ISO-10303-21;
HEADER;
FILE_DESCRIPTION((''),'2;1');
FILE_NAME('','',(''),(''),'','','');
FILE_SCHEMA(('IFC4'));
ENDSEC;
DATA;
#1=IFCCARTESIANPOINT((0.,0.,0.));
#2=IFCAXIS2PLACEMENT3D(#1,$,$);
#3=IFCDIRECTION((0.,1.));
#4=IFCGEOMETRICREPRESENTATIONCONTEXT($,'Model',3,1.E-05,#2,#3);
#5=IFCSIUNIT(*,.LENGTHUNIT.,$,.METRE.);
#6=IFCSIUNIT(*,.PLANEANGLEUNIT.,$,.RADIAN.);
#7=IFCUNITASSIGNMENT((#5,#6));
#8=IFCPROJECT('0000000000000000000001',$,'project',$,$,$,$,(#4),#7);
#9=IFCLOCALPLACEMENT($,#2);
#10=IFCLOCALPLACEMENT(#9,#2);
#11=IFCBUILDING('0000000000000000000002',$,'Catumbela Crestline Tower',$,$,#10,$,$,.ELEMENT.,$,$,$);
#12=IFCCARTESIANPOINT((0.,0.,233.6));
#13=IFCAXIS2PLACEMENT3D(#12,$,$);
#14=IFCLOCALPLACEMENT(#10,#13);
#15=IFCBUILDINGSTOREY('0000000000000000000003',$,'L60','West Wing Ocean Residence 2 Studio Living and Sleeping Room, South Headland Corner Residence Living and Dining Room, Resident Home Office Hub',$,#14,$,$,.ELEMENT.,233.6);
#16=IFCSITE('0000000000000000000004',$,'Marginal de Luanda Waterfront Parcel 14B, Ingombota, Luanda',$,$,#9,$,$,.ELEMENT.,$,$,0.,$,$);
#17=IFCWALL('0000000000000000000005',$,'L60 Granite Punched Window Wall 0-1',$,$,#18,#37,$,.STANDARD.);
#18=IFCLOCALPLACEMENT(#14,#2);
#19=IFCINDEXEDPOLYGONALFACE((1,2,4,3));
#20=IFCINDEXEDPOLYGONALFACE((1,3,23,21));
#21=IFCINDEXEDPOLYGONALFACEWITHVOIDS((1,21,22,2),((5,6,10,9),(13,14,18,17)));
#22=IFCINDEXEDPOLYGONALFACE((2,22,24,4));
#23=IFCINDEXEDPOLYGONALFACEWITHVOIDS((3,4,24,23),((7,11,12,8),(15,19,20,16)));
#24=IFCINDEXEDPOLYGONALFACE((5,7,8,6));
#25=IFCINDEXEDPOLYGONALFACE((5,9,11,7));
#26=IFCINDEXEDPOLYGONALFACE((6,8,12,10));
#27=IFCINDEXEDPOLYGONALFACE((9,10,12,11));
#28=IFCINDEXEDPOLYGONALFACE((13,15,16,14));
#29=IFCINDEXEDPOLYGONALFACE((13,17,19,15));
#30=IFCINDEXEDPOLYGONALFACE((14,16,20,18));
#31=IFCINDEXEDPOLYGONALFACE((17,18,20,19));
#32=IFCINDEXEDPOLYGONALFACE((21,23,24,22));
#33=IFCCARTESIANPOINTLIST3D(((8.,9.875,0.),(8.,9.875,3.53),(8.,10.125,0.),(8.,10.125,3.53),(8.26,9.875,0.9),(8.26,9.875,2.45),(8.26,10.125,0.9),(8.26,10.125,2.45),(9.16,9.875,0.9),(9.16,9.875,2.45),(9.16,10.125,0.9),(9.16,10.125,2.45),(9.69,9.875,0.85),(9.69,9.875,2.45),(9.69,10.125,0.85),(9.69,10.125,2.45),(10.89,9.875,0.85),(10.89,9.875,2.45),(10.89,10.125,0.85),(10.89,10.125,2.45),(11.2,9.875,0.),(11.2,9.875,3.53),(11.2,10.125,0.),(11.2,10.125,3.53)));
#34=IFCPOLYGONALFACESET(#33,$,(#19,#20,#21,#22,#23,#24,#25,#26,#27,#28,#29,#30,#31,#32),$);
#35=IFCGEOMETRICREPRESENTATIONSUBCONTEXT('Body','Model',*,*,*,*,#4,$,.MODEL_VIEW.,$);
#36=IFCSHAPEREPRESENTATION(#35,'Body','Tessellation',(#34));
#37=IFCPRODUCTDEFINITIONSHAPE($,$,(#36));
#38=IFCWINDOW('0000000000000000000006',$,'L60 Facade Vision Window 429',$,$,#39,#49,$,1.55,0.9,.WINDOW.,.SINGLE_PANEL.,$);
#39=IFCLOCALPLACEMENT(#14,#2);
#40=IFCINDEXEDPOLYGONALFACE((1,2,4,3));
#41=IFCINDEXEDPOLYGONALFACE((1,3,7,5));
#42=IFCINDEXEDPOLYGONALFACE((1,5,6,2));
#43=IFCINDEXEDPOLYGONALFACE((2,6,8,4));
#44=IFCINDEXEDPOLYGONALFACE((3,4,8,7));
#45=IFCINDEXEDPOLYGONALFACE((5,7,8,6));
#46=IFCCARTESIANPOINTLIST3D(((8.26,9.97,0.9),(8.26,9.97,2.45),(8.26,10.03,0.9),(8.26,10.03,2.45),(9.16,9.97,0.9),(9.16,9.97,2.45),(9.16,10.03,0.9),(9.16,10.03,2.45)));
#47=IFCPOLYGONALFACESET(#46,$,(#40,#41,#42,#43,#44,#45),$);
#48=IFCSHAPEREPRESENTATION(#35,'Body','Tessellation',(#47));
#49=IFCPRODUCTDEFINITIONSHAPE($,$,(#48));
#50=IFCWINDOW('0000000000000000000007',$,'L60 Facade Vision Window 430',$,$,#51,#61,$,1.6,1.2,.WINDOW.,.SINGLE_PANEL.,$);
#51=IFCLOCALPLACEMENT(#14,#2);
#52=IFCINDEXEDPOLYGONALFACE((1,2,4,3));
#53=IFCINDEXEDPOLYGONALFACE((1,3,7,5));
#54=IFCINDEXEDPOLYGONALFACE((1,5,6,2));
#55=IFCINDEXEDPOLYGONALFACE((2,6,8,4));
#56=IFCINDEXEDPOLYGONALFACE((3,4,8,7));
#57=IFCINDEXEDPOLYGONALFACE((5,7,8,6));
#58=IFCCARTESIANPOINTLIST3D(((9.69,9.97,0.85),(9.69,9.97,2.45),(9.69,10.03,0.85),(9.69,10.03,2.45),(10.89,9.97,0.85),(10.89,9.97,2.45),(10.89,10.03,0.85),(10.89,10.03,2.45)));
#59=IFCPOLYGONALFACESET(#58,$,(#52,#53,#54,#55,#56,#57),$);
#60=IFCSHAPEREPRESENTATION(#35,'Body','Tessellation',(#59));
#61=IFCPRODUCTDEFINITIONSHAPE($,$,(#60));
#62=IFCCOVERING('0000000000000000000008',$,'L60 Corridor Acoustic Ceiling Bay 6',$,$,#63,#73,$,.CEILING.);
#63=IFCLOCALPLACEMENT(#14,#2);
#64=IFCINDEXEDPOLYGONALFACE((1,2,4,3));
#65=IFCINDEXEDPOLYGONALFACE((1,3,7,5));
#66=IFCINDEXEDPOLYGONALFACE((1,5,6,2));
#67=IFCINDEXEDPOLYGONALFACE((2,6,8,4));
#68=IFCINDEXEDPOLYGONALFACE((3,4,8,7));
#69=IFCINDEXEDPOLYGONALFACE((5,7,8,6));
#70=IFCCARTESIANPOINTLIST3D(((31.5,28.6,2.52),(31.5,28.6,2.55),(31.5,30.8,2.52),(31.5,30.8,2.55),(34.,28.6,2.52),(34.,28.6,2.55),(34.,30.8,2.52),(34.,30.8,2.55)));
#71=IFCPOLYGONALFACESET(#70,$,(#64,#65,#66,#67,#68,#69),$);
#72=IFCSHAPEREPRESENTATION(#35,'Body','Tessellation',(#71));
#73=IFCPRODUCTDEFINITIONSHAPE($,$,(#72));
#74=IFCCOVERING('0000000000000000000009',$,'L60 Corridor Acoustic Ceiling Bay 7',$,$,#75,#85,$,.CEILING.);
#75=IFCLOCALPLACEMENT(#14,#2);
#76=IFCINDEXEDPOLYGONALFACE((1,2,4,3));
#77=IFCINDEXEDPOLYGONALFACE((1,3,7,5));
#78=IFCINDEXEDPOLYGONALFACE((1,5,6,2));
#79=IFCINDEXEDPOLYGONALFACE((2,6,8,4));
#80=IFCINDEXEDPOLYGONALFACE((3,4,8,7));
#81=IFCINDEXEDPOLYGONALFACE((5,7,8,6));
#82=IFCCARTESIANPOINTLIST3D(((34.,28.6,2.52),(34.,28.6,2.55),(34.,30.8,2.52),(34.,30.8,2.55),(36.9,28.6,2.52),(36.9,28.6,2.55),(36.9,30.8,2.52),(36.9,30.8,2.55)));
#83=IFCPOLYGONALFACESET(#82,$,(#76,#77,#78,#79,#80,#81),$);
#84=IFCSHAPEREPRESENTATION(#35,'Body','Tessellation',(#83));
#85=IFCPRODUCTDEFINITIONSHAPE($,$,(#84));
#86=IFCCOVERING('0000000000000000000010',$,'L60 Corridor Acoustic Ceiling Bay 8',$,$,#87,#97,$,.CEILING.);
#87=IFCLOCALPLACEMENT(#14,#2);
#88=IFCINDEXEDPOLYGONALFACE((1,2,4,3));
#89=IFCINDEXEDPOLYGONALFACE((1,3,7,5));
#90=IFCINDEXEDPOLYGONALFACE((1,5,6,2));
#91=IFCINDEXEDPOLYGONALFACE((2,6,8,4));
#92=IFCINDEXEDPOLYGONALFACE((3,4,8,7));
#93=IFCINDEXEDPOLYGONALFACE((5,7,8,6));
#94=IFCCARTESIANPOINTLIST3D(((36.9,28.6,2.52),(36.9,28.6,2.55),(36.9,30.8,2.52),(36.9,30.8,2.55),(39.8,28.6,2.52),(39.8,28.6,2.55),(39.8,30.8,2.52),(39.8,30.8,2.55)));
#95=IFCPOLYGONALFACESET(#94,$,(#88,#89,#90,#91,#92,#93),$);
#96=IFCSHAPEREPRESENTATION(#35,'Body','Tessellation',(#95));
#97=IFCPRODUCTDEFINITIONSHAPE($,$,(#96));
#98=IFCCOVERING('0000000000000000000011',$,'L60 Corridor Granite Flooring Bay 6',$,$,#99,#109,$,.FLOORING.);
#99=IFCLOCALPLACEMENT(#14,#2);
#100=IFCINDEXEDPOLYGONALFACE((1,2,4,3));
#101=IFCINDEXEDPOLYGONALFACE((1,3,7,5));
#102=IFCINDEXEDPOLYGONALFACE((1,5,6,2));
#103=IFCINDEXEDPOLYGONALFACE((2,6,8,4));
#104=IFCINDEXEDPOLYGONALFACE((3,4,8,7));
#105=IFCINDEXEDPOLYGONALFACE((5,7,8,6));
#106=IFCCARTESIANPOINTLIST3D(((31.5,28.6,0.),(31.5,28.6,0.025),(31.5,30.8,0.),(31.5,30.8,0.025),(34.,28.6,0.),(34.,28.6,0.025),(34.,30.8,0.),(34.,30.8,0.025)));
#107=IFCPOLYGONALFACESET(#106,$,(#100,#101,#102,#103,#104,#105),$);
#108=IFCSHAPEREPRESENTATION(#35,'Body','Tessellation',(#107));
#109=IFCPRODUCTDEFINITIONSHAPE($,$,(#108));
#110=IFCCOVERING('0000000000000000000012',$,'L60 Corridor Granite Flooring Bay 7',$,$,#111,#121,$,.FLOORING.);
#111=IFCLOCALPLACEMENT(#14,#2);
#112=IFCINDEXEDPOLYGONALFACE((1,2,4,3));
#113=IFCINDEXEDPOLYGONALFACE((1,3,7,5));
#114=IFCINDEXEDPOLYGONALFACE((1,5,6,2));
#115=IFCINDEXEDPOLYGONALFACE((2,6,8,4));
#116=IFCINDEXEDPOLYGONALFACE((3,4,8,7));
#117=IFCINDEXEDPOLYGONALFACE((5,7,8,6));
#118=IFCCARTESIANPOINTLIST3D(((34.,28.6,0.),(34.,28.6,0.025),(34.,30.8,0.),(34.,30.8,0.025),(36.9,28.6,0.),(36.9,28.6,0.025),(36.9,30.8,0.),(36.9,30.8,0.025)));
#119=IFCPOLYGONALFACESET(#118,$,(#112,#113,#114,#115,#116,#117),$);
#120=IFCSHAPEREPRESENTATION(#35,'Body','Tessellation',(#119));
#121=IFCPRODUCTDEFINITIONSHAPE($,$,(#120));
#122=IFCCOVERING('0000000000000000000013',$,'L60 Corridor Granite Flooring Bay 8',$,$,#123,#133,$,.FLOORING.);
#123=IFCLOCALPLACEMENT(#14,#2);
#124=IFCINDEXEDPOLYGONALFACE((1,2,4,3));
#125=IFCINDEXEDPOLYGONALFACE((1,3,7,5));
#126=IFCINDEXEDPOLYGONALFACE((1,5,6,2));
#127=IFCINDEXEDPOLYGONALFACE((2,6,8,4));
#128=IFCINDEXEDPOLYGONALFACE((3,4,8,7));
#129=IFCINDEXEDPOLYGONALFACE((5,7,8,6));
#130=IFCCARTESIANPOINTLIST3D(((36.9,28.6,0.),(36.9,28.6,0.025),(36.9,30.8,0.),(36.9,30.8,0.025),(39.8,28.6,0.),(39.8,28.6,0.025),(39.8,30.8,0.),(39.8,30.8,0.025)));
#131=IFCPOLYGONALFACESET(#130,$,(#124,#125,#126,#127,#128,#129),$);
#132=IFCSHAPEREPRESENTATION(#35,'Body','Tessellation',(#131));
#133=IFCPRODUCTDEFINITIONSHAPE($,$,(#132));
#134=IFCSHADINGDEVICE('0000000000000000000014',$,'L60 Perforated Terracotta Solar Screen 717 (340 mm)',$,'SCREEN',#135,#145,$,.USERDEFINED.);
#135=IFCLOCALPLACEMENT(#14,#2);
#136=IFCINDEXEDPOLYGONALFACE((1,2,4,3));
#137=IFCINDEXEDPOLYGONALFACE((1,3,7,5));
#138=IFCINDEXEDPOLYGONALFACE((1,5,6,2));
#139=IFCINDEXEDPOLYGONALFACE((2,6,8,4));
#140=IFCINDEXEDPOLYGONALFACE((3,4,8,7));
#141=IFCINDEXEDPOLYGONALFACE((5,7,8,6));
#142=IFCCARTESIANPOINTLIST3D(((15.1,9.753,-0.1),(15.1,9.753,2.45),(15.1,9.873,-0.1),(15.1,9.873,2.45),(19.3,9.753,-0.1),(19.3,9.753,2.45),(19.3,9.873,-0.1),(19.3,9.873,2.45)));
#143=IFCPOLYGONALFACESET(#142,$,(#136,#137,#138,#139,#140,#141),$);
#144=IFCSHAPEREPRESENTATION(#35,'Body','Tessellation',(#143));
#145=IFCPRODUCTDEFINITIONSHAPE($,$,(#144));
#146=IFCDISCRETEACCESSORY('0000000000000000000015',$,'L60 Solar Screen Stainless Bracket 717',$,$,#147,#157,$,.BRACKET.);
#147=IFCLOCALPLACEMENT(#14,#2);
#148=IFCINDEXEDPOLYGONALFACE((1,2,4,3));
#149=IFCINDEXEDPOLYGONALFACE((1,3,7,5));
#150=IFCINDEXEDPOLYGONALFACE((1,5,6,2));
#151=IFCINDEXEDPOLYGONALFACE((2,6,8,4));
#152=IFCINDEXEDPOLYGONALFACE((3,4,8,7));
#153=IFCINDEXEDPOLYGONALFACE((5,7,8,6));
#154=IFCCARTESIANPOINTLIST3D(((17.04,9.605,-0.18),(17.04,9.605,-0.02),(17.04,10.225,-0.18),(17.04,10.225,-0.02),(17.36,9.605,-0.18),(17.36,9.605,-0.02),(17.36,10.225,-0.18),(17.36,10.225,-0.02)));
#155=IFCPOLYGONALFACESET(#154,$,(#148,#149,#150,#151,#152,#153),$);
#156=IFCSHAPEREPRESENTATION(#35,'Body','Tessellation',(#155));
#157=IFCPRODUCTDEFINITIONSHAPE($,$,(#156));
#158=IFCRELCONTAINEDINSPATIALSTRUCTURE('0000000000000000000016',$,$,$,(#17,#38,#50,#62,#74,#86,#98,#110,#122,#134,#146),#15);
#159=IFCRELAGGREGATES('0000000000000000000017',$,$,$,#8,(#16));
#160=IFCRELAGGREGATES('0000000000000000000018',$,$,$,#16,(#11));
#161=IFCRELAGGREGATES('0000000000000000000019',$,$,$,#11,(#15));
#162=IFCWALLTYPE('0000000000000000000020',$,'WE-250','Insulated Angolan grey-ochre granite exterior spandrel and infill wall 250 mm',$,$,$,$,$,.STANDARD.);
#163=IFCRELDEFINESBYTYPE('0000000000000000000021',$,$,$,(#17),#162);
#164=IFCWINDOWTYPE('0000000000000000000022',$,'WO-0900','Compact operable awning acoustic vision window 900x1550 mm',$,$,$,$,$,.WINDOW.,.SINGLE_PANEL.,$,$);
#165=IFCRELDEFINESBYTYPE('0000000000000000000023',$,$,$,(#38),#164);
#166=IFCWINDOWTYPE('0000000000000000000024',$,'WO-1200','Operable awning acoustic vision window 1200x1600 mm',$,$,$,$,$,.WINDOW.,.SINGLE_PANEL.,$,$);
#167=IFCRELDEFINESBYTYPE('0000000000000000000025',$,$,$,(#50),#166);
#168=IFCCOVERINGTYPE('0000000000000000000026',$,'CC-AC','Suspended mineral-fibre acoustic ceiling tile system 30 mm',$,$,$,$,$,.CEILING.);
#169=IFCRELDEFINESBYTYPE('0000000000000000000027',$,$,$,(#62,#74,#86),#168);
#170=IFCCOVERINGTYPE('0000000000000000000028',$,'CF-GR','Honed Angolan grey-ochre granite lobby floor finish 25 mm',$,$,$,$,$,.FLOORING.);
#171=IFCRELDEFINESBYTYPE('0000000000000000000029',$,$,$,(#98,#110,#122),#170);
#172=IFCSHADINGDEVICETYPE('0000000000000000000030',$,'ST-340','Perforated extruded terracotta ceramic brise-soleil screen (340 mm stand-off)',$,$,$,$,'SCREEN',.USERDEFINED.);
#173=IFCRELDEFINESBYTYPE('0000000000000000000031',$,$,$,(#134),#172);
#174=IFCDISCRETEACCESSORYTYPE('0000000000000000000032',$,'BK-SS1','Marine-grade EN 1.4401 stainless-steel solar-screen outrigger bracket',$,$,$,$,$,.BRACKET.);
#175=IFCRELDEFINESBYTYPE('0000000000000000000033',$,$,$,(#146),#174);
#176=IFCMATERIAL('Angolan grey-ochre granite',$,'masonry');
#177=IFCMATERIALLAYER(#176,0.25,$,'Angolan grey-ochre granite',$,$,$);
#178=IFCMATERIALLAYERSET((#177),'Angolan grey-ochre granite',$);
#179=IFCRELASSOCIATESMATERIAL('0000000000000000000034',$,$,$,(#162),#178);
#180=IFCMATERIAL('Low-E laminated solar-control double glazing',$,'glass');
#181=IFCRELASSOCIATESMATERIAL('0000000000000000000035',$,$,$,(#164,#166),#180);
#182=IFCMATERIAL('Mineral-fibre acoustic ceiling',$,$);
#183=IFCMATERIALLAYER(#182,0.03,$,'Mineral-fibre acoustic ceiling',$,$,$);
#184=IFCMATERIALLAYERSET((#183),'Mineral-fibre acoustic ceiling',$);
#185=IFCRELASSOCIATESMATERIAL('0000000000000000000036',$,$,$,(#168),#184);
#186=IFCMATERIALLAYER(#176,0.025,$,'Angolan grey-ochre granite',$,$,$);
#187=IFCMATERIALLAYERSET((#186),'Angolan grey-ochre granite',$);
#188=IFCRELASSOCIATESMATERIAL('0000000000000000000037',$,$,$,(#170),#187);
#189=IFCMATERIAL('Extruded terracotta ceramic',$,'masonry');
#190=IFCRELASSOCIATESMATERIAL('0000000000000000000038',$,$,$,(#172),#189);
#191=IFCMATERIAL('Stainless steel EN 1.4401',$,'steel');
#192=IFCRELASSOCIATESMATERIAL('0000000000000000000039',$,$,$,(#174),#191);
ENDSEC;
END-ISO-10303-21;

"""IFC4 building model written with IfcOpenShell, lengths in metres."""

from ifc_helpers import new_model, si_unit, direction, frame, frame_2d, origin, origin_2d, place, context, subcontext, project, spatial, polyline, rectangle, outline, extrude, material, layer, layer_set, type_object, element, fill, save


model = new_model("IFC4")

# Units and contexts
model_context = context("Model", 3, precision=1e-05, world=origin(), true_north=direction((0.0, 1.0)))
body_context = subcontext(model_context, "Body", "Model", "MODEL_VIEW")
ifc_project = project(units=[si_unit("LENGTHUNIT", "METRE"), si_unit("PLANEANGLEUNIT", "RADIAN")], contexts=[model_context])

# Site, building, storey
site_placement = place(None, origin())
site = spatial("IfcSite", under=ifc_project, at=site_placement, Name="Marginal de Luanda Waterfront Parcel 14B, Ingombota, Luanda", CompositionType="ELEMENT", RefElevation=0.0)
building_placement = place(site_placement, origin())
building = spatial("IfcBuilding", under=site, at=building_placement, Name="Catumbela Crestline Tower", CompositionType="ELEMENT")
storey_placement = place(building_placement, frame((0.0, 0.0, 233.6)))
storey = spatial("IfcBuildingStorey", under=building, at=storey_placement, Name="L60", Description="West Wing Ocean Residence 2 Studio Living and Sleeping Room, South Headland Corner Residence Living and Dining Room, Resident Home Office Hub", CompositionType="ELEMENT", Elevation=233.6)

# Shared definitions
ifc_material_1 = material(Name="Low-E laminated solar-control double glazing", Category="glass")

# Shared definitions
ifc_material_2 = material(Name="Angolan grey-ochre granite", Category="masonry")
ifc_layer_1 = layer(ifc_material_2, 0.25, Name="Angolan grey-ochre granite")
ifc_layer_set_1 = layer_set([ifc_layer_1], Name="Angolan grey-ochre granite")
wall_type = type_object("IfcWallType", Name="WE-250", Description="Insulated Angolan grey-ochre granite exterior spandrel and infill wall 250 mm", PredefinedType="STANDARD", material=ifc_layer_set_1)

# Wall, openings, windows
wall_1_placement = place(storey_placement, frame((8.0, 10.0, 0.0), z_axis=(0.0, 0.0, 1.0), x_axis=(1.0, 0.0, 0.0)))
wall_1 = element("IfcWall", 1, at=wall_1_placement, inside=storey, type_object=wall_type, Name="L60 Granite Punched Window Wall 0-1", PredefinedType="STANDARD", context=body_context, shape_type="SweptSolid", body=[
    extrude(rectangle(XDim=3.2, YDim=0.25, at=frame_2d((1.6, 0.0))), origin(), (0.0, 0.0, 1.0), 3.53),
])
opening_1_placement = place(wall_1_placement, frame((0.26, 0.0, 0.9)))
opening_1 = element("IfcOpeningElement", 2, at=opening_1_placement, cuts=wall_1, PredefinedType="OPENING", context=body_context, shape_type="SweptSolid", body=[
    extrude(rectangle(XDim=0.9, YDim=1.55, at=frame_2d((0.45, 0.775))), frame((0.0, 0.135, 0.0), z_axis=(0.0, -1.0, 0.0), x_axis=(1.0, 0.0, 0.0)), (0.0, 0.0, 1.0), 0.27),
])
opening_2_placement = place(wall_1_placement, frame((1.69, 0.0, 0.85)))
opening_2 = element("IfcOpeningElement", 3, at=opening_2_placement, cuts=wall_1, PredefinedType="OPENING", context=body_context, shape_type="SweptSolid", body=[
    extrude(rectangle(XDim=1.2, YDim=1.6, at=frame_2d((0.6, 0.8))), frame((0.0, 0.135, 0.0), z_axis=(0.0, -1.0, 0.0), x_axis=(1.0, 0.0, 0.0)), (0.0, 0.0, 1.0), 0.27),
])
window_type_1 = type_object("IfcWindowType", Name="WO-0900", Description="Compact operable awning acoustic vision window 900x1550 mm", PartitioningType="SINGLE_PANEL", PredefinedType="WINDOW", material=ifc_material_1)
window_1_placement = place(opening_1_placement, origin())
window_1 = element("IfcWindow", 4, at=window_1_placement, inside=storey, type_object=window_type_1, Name="L60 Facade Vision Window 429", OverallHeight=1.55, OverallWidth=0.9, PartitioningType="SINGLE_PANEL", PredefinedType="WINDOW", context=body_context, shape_type="SweptSolid", body=[
    extrude(rectangle(XDim=0.9, YDim=1.55, at=frame_2d((0.45, 0.775))), frame((0.0, 0.03, 0.0), z_axis=(0.0, -1.0, 0.0), x_axis=(1.0, 0.0, 0.0)), (0.0, 0.0, 1.0), 0.06),
])
fill(opening_1, window_1)
window_type_2 = type_object("IfcWindowType", Name="WO-1200", Description="Operable awning acoustic vision window 1200x1600 mm", PartitioningType="SINGLE_PANEL", PredefinedType="WINDOW", material=ifc_material_1)
window_2_placement = place(opening_2_placement, origin())
window_2 = element("IfcWindow", 5, at=window_2_placement, inside=storey, type_object=window_type_2, Name="L60 Facade Vision Window 430", OverallHeight=1.6, OverallWidth=1.2, PartitioningType="SINGLE_PANEL", PredefinedType="WINDOW", context=body_context, shape_type="SweptSolid", body=[
    extrude(rectangle(XDim=1.2, YDim=1.6, at=frame_2d((0.6, 0.8))), frame((0.0, 0.03, 0.0), z_axis=(0.0, -1.0, 0.0), x_axis=(1.0, 0.0, 0.0)), (0.0, 0.0, 1.0), 0.06),
])
fill(opening_2, window_2)

# Coverings
ifc_material_3 = material(Name="Mineral-fibre acoustic ceiling")
ifc_layer_2 = layer(ifc_material_3, 0.03, Name="Mineral-fibre acoustic ceiling")
ifc_layer_set_2 = layer_set([ifc_layer_2], Name="Mineral-fibre acoustic ceiling")
covering_type_1 = type_object("IfcCoveringType", Name="CC-AC", Description="Suspended mineral-fibre acoustic ceiling tile system 30 mm", PredefinedType="CEILING", material=ifc_layer_set_2)
covering_1_placement = place(storey_placement, frame((0.0, 0.0, 2.52)))
element("IfcCovering", 6, at=covering_1_placement, inside=storey, type_object=covering_type_1, Name="L60 Corridor Acoustic Ceiling Bay 6", PredefinedType="CEILING", context=body_context, shape_type="SweptSolid", body=[
    extrude(outline(polyline([(31.5, 28.6), (34.0, 28.6), (34.0, 30.8), (31.5, 30.8), (31.5, 28.6)])), origin(), (0.0, 0.0, 1.0), 0.03),
])
covering_2_placement = place(storey_placement, frame((0.0, 0.0, 2.52)))
element("IfcCovering", 7, at=covering_2_placement, inside=storey, type_object=covering_type_1, Name="L60 Corridor Acoustic Ceiling Bay 7", PredefinedType="CEILING", context=body_context, shape_type="SweptSolid", body=[
    extrude(outline(polyline([(34.0, 28.6), (36.9, 28.6), (36.9, 30.8), (34.0, 30.8), (34.0, 28.6)])), origin(), (0.0, 0.0, 1.0), 0.03),
])
covering_3_placement = place(storey_placement, frame((0.0, 0.0, 2.52)))
element("IfcCovering", 8, at=covering_3_placement, inside=storey, type_object=covering_type_1, Name="L60 Corridor Acoustic Ceiling Bay 8", PredefinedType="CEILING", context=body_context, shape_type="SweptSolid", body=[
    extrude(outline(polyline([(36.9, 28.6), (39.8, 28.6), (39.8, 30.8), (36.9, 30.8), (36.9, 28.6)])), origin(), (0.0, 0.0, 1.0), 0.03),
])
ifc_layer_3 = layer(ifc_material_2, 0.025, Name="Angolan grey-ochre granite")
ifc_layer_set_3 = layer_set([ifc_layer_3], Name="Angolan grey-ochre granite")
covering_type_2 = type_object("IfcCoveringType", Name="CF-GR", Description="Honed Angolan grey-ochre granite lobby floor finish 25 mm", PredefinedType="FLOORING", material=ifc_layer_set_3)
covering_4_placement = place(storey_placement, origin())
element("IfcCovering", 9, at=covering_4_placement, inside=storey, type_object=covering_type_2, Name="L60 Corridor Granite Flooring Bay 6", PredefinedType="FLOORING", context=body_context, shape_type="SweptSolid", body=[
    extrude(outline(polyline([(31.5, 28.6), (34.0, 28.6), (34.0, 30.8), (31.5, 30.8), (31.5, 28.6)])), origin(), (0.0, 0.0, 1.0), 0.025),
])
covering_5_placement = place(storey_placement, origin())
element("IfcCovering", 10, at=covering_5_placement, inside=storey, type_object=covering_type_2, Name="L60 Corridor Granite Flooring Bay 7", PredefinedType="FLOORING", context=body_context, shape_type="SweptSolid", body=[
    extrude(outline(polyline([(34.0, 28.6), (36.9, 28.6), (36.9, 30.8), (34.0, 30.8), (34.0, 28.6)])), origin(), (0.0, 0.0, 1.0), 0.025),
])
covering_6_placement = place(storey_placement, origin())
element("IfcCovering", 11, at=covering_6_placement, inside=storey, type_object=covering_type_2, Name="L60 Corridor Granite Flooring Bay 8", PredefinedType="FLOORING", context=body_context, shape_type="SweptSolid", body=[
    extrude(outline(polyline([(36.9, 28.6), (39.8, 28.6), (39.8, 30.8), (36.9, 30.8), (36.9, 28.6)])), origin(), (0.0, 0.0, 1.0), 0.025),
])

# Shared definitions
ifc_material_4 = material(Name="Stainless steel EN 1.4401", Category="steel")

# Shading device
ifc_material_5 = material(Name="Extruded terracotta ceramic", Category="masonry")
shading_device_type = type_object("IfcShadingDeviceType", Name="ST-340", Description="Perforated extruded terracotta ceramic brise-soleil screen (340 mm stand-off)", ElementType="SCREEN", PredefinedType="USERDEFINED", material=ifc_material_5)
shading_device_placement = place(storey_placement, frame((17.2, 9.813, -0.1), z_axis=(0.0, 0.0, 1.0), x_axis=(1.0, 0.0, 0.0)))
element("IfcShadingDevice", 12, at=shading_device_placement, inside=storey, type_object=shading_device_type, Name="L60 Perforated Terracotta Solar Screen 717 (340 mm)", ObjectType="SCREEN", PredefinedType="USERDEFINED", context=body_context, shape_type="SweptSolid", body=[
    extrude(rectangle(XDim=4.2, YDim=0.12, at=origin_2d()), origin(), (0.0, 0.0, 1.0), 2.55),
])

# Discrete accessory
discrete_accessory_type = type_object("IfcDiscreteAccessoryType", Name="BK-SS1", Description="Marine-grade EN 1.4401 stainless-steel solar-screen outrigger bracket", PredefinedType="BRACKET", material=ifc_material_4)
discrete_accessory_placement = place(storey_placement, frame((17.2, 9.915, -0.18), z_axis=(0.0, 0.0, 1.0), x_axis=(1.0, 0.0, 0.0)))
element("IfcDiscreteAccessory", 13, at=discrete_accessory_placement, inside=storey, type_object=discrete_accessory_type, Name="L60 Solar Screen Stainless Bracket 717", PredefinedType="BRACKET", context=body_context, shape_type="SweptSolid", body=[
    extrude(rectangle(XDim=0.32, YDim=0.62, at=origin_2d()), origin(), (0.0, 0.0, 1.0), 0.16),
])

save(model, "model.ifc")
